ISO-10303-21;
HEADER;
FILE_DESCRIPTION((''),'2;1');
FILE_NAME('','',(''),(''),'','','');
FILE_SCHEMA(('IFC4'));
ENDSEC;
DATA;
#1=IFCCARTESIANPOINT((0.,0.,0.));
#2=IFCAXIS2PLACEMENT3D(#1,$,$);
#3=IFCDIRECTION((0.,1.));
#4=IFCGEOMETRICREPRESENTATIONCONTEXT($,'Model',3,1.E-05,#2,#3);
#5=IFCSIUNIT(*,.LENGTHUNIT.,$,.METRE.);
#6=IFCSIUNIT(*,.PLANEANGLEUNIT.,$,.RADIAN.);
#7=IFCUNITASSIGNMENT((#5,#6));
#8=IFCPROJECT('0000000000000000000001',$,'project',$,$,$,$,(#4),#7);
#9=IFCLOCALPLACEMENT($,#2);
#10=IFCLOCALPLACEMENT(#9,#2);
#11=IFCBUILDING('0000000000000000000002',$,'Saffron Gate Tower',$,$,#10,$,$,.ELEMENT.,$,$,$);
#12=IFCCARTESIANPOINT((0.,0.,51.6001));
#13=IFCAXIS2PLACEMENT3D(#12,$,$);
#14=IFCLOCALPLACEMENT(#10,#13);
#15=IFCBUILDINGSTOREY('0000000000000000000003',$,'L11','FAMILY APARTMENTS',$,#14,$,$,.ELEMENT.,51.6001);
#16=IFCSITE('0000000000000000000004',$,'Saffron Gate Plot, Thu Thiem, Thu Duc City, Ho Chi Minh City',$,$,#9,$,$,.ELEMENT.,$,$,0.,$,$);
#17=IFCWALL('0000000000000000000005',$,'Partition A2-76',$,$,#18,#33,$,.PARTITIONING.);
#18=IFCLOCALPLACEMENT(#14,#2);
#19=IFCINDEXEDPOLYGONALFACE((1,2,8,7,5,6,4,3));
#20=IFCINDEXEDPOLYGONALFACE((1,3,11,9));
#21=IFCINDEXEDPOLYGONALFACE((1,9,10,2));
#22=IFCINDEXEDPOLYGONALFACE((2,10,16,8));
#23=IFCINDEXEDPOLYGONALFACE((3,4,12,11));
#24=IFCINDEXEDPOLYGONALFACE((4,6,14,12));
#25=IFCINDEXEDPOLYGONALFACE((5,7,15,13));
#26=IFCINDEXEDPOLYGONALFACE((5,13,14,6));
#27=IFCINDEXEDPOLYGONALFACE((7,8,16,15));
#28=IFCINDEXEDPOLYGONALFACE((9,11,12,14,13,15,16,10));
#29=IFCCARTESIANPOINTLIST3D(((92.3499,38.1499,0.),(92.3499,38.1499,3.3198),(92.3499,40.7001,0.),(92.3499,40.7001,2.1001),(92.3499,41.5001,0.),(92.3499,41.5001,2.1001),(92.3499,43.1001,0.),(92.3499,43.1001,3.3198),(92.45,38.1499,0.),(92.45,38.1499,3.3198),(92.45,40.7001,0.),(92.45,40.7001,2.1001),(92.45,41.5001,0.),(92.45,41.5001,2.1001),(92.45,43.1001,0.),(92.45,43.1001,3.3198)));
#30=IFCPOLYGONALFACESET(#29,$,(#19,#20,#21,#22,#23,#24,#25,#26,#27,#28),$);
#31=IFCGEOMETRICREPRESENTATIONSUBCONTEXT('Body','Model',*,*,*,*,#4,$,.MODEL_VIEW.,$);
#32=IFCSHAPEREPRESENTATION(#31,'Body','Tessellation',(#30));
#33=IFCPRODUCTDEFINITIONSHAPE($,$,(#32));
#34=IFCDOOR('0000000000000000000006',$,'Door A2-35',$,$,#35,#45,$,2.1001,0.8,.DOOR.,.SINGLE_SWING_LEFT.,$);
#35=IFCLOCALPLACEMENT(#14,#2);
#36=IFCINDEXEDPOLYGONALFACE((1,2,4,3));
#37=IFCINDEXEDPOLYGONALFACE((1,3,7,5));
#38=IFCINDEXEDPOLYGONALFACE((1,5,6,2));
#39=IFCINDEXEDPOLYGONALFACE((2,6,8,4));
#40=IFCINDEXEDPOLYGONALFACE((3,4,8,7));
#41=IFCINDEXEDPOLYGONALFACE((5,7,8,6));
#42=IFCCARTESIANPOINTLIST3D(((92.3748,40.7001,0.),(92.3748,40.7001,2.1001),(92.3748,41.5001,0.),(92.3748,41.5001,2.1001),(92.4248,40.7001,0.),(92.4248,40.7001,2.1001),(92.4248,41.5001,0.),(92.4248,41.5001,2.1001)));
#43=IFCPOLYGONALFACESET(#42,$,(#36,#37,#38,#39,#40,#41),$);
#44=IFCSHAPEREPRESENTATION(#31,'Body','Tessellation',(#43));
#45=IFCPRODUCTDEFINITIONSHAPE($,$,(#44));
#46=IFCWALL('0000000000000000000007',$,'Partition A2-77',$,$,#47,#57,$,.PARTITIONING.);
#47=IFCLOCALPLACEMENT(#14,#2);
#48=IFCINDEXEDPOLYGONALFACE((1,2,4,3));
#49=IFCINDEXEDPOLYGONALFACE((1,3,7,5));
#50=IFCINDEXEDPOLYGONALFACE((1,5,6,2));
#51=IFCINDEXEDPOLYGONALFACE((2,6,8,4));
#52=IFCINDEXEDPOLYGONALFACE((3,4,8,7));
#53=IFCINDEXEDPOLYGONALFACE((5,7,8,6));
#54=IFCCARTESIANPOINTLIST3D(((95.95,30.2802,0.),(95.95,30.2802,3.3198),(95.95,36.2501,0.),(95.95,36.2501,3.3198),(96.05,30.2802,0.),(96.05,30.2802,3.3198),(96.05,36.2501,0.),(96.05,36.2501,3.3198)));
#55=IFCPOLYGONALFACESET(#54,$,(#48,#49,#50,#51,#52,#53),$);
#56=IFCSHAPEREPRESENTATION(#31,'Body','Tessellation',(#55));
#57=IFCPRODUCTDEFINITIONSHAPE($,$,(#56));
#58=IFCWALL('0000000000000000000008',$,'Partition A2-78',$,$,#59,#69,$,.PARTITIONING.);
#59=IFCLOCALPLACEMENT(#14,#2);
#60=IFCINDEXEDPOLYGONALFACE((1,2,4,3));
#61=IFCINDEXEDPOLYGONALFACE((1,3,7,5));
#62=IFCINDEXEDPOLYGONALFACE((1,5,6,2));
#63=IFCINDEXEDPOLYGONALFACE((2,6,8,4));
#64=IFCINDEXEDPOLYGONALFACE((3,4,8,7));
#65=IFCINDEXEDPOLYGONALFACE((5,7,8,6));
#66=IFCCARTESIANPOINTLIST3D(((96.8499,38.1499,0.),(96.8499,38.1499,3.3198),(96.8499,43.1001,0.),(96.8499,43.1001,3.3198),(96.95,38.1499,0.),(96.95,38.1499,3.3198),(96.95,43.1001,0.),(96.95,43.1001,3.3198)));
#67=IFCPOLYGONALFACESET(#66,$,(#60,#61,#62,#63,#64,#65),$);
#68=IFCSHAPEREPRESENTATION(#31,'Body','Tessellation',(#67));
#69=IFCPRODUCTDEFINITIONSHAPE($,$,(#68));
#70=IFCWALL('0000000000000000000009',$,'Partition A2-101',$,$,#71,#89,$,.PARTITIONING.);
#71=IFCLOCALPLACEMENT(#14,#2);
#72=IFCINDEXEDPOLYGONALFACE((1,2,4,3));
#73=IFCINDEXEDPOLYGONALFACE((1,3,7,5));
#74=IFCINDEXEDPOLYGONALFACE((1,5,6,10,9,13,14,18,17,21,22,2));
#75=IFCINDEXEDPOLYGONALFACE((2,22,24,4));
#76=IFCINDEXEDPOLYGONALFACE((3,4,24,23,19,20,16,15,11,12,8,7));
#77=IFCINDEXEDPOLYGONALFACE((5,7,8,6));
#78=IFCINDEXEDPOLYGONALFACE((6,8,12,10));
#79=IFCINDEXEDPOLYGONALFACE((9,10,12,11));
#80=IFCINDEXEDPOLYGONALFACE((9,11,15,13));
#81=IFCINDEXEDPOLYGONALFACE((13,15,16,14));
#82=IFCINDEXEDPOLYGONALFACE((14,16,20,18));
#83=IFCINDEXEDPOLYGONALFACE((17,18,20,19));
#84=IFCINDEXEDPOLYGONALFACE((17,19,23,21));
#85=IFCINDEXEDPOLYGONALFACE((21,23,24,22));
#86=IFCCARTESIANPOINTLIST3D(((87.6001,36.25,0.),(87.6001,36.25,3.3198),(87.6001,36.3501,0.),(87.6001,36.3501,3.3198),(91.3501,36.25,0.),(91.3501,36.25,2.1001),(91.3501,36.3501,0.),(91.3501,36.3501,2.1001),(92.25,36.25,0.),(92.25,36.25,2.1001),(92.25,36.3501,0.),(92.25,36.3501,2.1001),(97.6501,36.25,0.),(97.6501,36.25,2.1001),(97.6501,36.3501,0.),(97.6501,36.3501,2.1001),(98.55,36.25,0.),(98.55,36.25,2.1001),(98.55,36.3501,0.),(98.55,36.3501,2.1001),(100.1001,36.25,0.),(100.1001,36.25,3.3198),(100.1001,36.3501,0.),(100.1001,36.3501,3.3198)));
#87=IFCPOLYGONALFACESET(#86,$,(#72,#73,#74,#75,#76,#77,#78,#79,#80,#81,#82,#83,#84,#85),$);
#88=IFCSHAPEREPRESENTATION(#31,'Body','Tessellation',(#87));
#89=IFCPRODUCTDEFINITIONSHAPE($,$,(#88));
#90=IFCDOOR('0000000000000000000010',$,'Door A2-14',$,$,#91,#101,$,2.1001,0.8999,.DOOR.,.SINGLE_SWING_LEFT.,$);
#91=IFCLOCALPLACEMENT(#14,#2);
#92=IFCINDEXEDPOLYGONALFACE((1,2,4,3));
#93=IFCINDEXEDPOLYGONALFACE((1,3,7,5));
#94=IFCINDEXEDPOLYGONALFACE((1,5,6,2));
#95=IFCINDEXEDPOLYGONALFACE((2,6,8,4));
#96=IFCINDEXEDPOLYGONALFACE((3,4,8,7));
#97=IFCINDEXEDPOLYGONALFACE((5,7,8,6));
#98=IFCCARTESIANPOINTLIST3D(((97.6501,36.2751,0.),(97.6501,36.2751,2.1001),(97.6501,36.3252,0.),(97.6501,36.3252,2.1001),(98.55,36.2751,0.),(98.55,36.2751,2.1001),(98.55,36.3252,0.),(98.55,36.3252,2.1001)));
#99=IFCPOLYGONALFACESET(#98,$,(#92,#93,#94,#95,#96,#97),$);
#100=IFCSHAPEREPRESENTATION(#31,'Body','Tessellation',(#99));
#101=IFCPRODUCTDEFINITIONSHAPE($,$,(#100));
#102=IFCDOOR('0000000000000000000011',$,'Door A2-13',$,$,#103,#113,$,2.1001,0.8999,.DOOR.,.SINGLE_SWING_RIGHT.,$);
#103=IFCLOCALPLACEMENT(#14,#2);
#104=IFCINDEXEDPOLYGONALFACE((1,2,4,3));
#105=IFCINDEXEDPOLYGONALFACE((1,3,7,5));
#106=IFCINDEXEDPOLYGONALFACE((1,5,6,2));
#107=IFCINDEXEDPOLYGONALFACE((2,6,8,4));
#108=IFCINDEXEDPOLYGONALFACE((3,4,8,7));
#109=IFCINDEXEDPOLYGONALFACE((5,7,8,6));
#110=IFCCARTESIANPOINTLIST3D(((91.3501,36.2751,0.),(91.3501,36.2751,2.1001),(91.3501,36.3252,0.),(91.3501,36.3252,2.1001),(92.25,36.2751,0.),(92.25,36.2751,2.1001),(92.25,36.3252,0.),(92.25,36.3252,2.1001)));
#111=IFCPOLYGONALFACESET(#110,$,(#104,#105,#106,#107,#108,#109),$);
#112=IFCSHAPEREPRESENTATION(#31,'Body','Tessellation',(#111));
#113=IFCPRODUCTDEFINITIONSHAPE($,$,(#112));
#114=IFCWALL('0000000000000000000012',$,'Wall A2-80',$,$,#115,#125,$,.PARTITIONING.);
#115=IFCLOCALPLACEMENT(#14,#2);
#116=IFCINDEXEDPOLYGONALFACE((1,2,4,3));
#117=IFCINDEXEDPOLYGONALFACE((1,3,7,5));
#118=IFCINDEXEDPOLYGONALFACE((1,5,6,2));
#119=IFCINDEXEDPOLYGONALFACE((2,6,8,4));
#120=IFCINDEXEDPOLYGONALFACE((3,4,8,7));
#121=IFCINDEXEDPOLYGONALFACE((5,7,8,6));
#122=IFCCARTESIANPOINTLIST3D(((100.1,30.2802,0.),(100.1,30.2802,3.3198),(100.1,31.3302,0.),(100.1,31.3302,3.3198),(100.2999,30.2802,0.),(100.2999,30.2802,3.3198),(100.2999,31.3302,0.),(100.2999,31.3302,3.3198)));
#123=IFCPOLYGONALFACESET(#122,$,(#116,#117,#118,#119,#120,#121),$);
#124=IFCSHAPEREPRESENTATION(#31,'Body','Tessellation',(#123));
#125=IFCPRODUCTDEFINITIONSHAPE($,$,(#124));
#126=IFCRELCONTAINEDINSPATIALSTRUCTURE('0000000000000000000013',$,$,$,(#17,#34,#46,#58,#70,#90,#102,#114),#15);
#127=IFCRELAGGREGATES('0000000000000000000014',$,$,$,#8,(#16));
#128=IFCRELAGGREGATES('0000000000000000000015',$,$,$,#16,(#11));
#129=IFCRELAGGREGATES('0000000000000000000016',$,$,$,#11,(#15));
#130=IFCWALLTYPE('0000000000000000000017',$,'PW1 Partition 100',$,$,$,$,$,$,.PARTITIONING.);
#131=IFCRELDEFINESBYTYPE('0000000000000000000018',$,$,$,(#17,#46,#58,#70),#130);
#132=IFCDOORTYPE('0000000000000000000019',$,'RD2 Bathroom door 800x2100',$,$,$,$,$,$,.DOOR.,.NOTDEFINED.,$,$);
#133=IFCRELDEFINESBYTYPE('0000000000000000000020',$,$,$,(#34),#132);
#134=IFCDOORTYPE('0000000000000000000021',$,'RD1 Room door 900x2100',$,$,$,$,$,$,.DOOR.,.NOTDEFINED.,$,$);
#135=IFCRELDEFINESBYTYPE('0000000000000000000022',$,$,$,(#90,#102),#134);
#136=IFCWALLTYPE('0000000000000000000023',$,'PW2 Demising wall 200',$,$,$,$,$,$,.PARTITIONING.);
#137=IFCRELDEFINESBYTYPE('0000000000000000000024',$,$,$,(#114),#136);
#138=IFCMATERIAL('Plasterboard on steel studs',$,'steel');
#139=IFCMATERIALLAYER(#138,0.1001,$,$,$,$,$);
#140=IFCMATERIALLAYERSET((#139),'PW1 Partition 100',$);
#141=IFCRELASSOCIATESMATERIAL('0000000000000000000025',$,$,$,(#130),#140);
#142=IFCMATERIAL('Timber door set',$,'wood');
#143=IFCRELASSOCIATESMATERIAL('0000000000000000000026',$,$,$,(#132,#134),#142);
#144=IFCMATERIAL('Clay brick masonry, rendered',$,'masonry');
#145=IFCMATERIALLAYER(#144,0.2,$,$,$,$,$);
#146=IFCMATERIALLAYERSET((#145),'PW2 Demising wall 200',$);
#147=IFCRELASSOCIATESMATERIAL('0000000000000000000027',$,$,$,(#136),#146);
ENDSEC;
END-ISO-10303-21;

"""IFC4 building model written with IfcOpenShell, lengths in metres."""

from ifc_helpers import new_model, si_unit, direction, frame, frame_2d, origin, place, context, subcontext, project, spatial, rectangle, extrude, material, layer, layer_set, type_object, element, fill, save


model = new_model("IFC4")

# Units and contexts
model_context = context("Model", 3, precision=1e-05, world=origin(), true_north=direction((0.0, 1.0)))
body_context = subcontext(model_context, "Body", "Model", "MODEL_VIEW")
ifc_project = project(units=[si_unit("LENGTHUNIT", "METRE"), si_unit("PLANEANGLEUNIT", "RADIAN")], contexts=[model_context])

# Site, building, storey
site_placement = place(None, origin())
site = spatial("IfcSite", under=ifc_project, at=site_placement, Name="Saffron Gate Plot, Thu Thiem, Thu Duc City, Ho Chi Minh City", CompositionType="ELEMENT", RefElevation=0.0)
building_placement = place(site_placement, origin())
building = spatial("IfcBuilding", under=site, at=building_placement, Name="Saffron Gate Tower", CompositionType="ELEMENT")
storey_placement = place(building_placement, frame((0.0, 0.0, 51.6001)))
storey = spatial("IfcBuildingStorey", under=building, at=storey_placement, Name="L11", Description="FAMILY APARTMENTS", CompositionType="ELEMENT", Elevation=51.6001)

# Wall, opening, door
ifc_material_1 = material(Name="Plasterboard on steel studs", Category="steel")
ifc_layer_1 = layer(ifc_material_1, 0.1001)
ifc_layer_set_1 = layer_set([ifc_layer_1], Name="PW1 Partition 100")
wall_type_1 = type_object("IfcWallType", Name="PW1 Partition 100", PredefinedType="PARTITIONING", material=ifc_layer_set_1)
ifc_material_2 = material(Name="Timber door set", Category="wood")
door_type_1 = type_object("IfcDoorType", Name="RD2 Bathroom door 800x2100", OperationType="NOTDEFINED", PredefinedType="DOOR", material=ifc_material_2)
wall_1_placement = place(storey_placement, frame((92.3999, 43.1001, 0.0), z_axis=(0.0, 0.0, 1.0), x_axis=(0.0, -1.0, 0.0)))
wall_1 = element("IfcWall", 1, at=wall_1_placement, inside=storey, type_object=wall_type_1, Name="Partition A2-76", PredefinedType="PARTITIONING", context=body_context, shape_type="SweptSolid", body=[
    extrude(rectangle(XDim=4.9502, YDim=0.1001, at=frame_2d((2.4751, 0.0))), origin(), (0.0, 0.0, 1.0), 3.3198),
])
opening_1_placement = place(wall_1_placement, frame((1.6001, 0.0, 0.0)))
opening_1 = element("IfcOpeningElement", 2, at=opening_1_placement, cuts=wall_1, PredefinedType="OPENING", context=body_context, shape_type="SweptSolid", body=[
    extrude(rectangle(XDim=0.8, YDim=2.1001, at=frame_2d((0.3999, 1.05))), frame((0.0, 0.0601, 0.0), z_axis=(0.0, -1.0, 0.0), x_axis=(1.0, 0.0, 0.0)), (0.0, 0.0, 1.0), 0.1201),
])
door_1_placement = place(opening_1_placement, origin())
door_1 = element("IfcDoor", 3, at=door_1_placement, inside=storey, type_object=door_type_1, Name="Door A2-35", OperationType="SINGLE_SWING_LEFT", OverallHeight=2.1001, OverallWidth=0.8, PredefinedType="DOOR", context=body_context, shape_type="SweptSolid", body=[
    extrude(rectangle(XDim=0.8, YDim=2.1001, at=frame_2d((0.3999, 1.05))), frame((0.0, 0.0249, 0.0), z_axis=(0.0, -1.0, 0.0), x_axis=(1.0, 0.0, 0.0)), (0.0, 0.0, 1.0), 0.05),
])
fill(opening_1, door_1)

# Walls
wall_2_placement = place(storey_placement, frame((96.0, 36.25, 0.0), z_axis=(0.0, 0.0, 1.0), x_axis=(0.0, -1.0, 0.0)))
element("IfcWall", 4, at=wall_2_placement, inside=storey, type_object=wall_type_1, Name="Partition A2-77", PredefinedType="PARTITIONING", context=body_context, shape_type="SweptSolid", body=[
    extrude(rectangle(XDim=5.97, YDim=0.1001, at=frame_2d((2.9849, 0.0))), origin(), (0.0, 0.0, 1.0), 3.3198),
])
wall_3_placement = place(storey_placement, frame((96.8999, 43.1001, 0.0), z_axis=(0.0, 0.0, 1.0), x_axis=(0.0, -1.0, 0.0)))
element("IfcWall", 5, at=wall_3_placement, inside=storey, type_object=wall_type_1, Name="Partition A2-78", PredefinedType="PARTITIONING", context=body_context, shape_type="SweptSolid", body=[
    extrude(rectangle(XDim=4.9502, YDim=0.1001, at=frame_2d((2.4751, 0.0))), origin(), (0.0, 0.0, 1.0), 3.3198),
])

# Wall, openings, doors
wall_4_placement = place(storey_placement, frame((100.1001, 36.3, 0.0), z_axis=(0.0, 0.0, 1.0), x_axis=(-1.0, 0.0, 0.0)))
wall_4 = element("IfcWall", 6, at=wall_4_placement, inside=storey, type_object=wall_type_1, Name="Partition A2-101", PredefinedType="PARTITIONING", context=body_context, shape_type="SweptSolid", body=[
    extrude(rectangle(XDim=12.5, YDim=0.1001, at=frame_2d((6.25, 0.0))), origin(), (0.0, 0.0, 1.0), 3.3198),
])
opening_2_placement = place(wall_4_placement, frame((1.55, 0.0, 0.0)))
opening_2 = element("IfcOpeningElement", 7, at=opening_2_placement, cuts=wall_4, PredefinedType="OPENING", context=body_context, shape_type="SweptSolid", body=[
    extrude(rectangle(XDim=0.8999, YDim=2.1001, at=frame_2d((0.45, 1.05))), frame((0.0, 0.0601, 0.0), z_axis=(0.0, -1.0, 0.0), x_axis=(1.0, 0.0, 0.0)), (0.0, 0.0, 1.0), 0.1201),
])
opening_3_placement = place(wall_4_placement, frame((7.8501, 0.0, 0.0)))
opening_3 = element("IfcOpeningElement", 8, at=opening_3_placement, cuts=wall_4, PredefinedType="OPENING", context=body_context, shape_type="SweptSolid", body=[
    extrude(rectangle(XDim=0.8999, YDim=2.1001, at=frame_2d((0.45, 1.05))), frame((0.0, 0.0601, 0.0), z_axis=(0.0, -1.0, 0.0), x_axis=(1.0, 0.0, 0.0)), (0.0, 0.0, 1.0), 0.1201),
])
door_type_2 = type_object("IfcDoorType", Name="RD1 Room door 900x2100", OperationType="NOTDEFINED", PredefinedType="DOOR", material=ifc_material_2)
door_2_placement = place(opening_2_placement, origin())
door_2 = element("IfcDoor", 9, at=door_2_placement, inside=storey, type_object=door_type_2, Name="Door A2-14", OperationType="SINGLE_SWING_LEFT", OverallHeight=2.1001, OverallWidth=0.8999, PredefinedType="DOOR", context=body_context, shape_type="SweptSolid", body=[
    extrude(rectangle(XDim=0.8999, YDim=2.1001, at=frame_2d((0.45, 1.05))), frame((0.0, 0.0249, 0.0), z_axis=(0.0, -1.0, 0.0), x_axis=(1.0, 0.0, 0.0)), (0.0, 0.0, 1.0), 0.05),
])
fill(opening_2, door_2)
door_3_placement = place(opening_3_placement, origin())
door_3 = element("IfcDoor", 10, at=door_3_placement, inside=storey, type_object=door_type_2, Name="Door A2-13", OperationType="SINGLE_SWING_RIGHT", OverallHeight=2.1001, OverallWidth=0.8999, PredefinedType="DOOR", context=body_context, shape_type="SweptSolid", body=[
    extrude(rectangle(XDim=0.8999, YDim=2.1001, at=frame_2d((0.45, 1.05))), frame((0.0, 0.0249, 0.0), z_axis=(0.0, -1.0, 0.0), x_axis=(1.0, 0.0, 0.0)), (0.0, 0.0, 1.0), 0.05),
])
fill(opening_3, door_3)

# Wall
ifc_material_3 = material(Name="Clay brick masonry, rendered", Category="masonry")
ifc_layer_2 = layer(ifc_material_3, 0.2)
ifc_layer_set_2 = layer_set([ifc_layer_2], Name="PW2 Demising wall 200")
wall_type_2 = type_object("IfcWallType", Name="PW2 Demising wall 200", PredefinedType="PARTITIONING", material=ifc_layer_set_2)
wall_5_placement = place(storey_placement, frame((100.2, 31.3301, 0.0), z_axis=(0.0, 0.0, 1.0), x_axis=(0.0, -1.0, 0.0)))
element("IfcWall", 11, at=wall_5_placement, inside=storey, type_object=wall_type_2, Name="Wall A2-80", PredefinedType="PARTITIONING", context=body_context, shape_type="SweptSolid", body=[
    extrude(rectangle(XDim=1.05, YDim=0.2, at=frame_2d((0.5249, 0.0))), origin(), (0.0, 0.0, 1.0), 3.3198),
])

save(model, "model.ifc")
